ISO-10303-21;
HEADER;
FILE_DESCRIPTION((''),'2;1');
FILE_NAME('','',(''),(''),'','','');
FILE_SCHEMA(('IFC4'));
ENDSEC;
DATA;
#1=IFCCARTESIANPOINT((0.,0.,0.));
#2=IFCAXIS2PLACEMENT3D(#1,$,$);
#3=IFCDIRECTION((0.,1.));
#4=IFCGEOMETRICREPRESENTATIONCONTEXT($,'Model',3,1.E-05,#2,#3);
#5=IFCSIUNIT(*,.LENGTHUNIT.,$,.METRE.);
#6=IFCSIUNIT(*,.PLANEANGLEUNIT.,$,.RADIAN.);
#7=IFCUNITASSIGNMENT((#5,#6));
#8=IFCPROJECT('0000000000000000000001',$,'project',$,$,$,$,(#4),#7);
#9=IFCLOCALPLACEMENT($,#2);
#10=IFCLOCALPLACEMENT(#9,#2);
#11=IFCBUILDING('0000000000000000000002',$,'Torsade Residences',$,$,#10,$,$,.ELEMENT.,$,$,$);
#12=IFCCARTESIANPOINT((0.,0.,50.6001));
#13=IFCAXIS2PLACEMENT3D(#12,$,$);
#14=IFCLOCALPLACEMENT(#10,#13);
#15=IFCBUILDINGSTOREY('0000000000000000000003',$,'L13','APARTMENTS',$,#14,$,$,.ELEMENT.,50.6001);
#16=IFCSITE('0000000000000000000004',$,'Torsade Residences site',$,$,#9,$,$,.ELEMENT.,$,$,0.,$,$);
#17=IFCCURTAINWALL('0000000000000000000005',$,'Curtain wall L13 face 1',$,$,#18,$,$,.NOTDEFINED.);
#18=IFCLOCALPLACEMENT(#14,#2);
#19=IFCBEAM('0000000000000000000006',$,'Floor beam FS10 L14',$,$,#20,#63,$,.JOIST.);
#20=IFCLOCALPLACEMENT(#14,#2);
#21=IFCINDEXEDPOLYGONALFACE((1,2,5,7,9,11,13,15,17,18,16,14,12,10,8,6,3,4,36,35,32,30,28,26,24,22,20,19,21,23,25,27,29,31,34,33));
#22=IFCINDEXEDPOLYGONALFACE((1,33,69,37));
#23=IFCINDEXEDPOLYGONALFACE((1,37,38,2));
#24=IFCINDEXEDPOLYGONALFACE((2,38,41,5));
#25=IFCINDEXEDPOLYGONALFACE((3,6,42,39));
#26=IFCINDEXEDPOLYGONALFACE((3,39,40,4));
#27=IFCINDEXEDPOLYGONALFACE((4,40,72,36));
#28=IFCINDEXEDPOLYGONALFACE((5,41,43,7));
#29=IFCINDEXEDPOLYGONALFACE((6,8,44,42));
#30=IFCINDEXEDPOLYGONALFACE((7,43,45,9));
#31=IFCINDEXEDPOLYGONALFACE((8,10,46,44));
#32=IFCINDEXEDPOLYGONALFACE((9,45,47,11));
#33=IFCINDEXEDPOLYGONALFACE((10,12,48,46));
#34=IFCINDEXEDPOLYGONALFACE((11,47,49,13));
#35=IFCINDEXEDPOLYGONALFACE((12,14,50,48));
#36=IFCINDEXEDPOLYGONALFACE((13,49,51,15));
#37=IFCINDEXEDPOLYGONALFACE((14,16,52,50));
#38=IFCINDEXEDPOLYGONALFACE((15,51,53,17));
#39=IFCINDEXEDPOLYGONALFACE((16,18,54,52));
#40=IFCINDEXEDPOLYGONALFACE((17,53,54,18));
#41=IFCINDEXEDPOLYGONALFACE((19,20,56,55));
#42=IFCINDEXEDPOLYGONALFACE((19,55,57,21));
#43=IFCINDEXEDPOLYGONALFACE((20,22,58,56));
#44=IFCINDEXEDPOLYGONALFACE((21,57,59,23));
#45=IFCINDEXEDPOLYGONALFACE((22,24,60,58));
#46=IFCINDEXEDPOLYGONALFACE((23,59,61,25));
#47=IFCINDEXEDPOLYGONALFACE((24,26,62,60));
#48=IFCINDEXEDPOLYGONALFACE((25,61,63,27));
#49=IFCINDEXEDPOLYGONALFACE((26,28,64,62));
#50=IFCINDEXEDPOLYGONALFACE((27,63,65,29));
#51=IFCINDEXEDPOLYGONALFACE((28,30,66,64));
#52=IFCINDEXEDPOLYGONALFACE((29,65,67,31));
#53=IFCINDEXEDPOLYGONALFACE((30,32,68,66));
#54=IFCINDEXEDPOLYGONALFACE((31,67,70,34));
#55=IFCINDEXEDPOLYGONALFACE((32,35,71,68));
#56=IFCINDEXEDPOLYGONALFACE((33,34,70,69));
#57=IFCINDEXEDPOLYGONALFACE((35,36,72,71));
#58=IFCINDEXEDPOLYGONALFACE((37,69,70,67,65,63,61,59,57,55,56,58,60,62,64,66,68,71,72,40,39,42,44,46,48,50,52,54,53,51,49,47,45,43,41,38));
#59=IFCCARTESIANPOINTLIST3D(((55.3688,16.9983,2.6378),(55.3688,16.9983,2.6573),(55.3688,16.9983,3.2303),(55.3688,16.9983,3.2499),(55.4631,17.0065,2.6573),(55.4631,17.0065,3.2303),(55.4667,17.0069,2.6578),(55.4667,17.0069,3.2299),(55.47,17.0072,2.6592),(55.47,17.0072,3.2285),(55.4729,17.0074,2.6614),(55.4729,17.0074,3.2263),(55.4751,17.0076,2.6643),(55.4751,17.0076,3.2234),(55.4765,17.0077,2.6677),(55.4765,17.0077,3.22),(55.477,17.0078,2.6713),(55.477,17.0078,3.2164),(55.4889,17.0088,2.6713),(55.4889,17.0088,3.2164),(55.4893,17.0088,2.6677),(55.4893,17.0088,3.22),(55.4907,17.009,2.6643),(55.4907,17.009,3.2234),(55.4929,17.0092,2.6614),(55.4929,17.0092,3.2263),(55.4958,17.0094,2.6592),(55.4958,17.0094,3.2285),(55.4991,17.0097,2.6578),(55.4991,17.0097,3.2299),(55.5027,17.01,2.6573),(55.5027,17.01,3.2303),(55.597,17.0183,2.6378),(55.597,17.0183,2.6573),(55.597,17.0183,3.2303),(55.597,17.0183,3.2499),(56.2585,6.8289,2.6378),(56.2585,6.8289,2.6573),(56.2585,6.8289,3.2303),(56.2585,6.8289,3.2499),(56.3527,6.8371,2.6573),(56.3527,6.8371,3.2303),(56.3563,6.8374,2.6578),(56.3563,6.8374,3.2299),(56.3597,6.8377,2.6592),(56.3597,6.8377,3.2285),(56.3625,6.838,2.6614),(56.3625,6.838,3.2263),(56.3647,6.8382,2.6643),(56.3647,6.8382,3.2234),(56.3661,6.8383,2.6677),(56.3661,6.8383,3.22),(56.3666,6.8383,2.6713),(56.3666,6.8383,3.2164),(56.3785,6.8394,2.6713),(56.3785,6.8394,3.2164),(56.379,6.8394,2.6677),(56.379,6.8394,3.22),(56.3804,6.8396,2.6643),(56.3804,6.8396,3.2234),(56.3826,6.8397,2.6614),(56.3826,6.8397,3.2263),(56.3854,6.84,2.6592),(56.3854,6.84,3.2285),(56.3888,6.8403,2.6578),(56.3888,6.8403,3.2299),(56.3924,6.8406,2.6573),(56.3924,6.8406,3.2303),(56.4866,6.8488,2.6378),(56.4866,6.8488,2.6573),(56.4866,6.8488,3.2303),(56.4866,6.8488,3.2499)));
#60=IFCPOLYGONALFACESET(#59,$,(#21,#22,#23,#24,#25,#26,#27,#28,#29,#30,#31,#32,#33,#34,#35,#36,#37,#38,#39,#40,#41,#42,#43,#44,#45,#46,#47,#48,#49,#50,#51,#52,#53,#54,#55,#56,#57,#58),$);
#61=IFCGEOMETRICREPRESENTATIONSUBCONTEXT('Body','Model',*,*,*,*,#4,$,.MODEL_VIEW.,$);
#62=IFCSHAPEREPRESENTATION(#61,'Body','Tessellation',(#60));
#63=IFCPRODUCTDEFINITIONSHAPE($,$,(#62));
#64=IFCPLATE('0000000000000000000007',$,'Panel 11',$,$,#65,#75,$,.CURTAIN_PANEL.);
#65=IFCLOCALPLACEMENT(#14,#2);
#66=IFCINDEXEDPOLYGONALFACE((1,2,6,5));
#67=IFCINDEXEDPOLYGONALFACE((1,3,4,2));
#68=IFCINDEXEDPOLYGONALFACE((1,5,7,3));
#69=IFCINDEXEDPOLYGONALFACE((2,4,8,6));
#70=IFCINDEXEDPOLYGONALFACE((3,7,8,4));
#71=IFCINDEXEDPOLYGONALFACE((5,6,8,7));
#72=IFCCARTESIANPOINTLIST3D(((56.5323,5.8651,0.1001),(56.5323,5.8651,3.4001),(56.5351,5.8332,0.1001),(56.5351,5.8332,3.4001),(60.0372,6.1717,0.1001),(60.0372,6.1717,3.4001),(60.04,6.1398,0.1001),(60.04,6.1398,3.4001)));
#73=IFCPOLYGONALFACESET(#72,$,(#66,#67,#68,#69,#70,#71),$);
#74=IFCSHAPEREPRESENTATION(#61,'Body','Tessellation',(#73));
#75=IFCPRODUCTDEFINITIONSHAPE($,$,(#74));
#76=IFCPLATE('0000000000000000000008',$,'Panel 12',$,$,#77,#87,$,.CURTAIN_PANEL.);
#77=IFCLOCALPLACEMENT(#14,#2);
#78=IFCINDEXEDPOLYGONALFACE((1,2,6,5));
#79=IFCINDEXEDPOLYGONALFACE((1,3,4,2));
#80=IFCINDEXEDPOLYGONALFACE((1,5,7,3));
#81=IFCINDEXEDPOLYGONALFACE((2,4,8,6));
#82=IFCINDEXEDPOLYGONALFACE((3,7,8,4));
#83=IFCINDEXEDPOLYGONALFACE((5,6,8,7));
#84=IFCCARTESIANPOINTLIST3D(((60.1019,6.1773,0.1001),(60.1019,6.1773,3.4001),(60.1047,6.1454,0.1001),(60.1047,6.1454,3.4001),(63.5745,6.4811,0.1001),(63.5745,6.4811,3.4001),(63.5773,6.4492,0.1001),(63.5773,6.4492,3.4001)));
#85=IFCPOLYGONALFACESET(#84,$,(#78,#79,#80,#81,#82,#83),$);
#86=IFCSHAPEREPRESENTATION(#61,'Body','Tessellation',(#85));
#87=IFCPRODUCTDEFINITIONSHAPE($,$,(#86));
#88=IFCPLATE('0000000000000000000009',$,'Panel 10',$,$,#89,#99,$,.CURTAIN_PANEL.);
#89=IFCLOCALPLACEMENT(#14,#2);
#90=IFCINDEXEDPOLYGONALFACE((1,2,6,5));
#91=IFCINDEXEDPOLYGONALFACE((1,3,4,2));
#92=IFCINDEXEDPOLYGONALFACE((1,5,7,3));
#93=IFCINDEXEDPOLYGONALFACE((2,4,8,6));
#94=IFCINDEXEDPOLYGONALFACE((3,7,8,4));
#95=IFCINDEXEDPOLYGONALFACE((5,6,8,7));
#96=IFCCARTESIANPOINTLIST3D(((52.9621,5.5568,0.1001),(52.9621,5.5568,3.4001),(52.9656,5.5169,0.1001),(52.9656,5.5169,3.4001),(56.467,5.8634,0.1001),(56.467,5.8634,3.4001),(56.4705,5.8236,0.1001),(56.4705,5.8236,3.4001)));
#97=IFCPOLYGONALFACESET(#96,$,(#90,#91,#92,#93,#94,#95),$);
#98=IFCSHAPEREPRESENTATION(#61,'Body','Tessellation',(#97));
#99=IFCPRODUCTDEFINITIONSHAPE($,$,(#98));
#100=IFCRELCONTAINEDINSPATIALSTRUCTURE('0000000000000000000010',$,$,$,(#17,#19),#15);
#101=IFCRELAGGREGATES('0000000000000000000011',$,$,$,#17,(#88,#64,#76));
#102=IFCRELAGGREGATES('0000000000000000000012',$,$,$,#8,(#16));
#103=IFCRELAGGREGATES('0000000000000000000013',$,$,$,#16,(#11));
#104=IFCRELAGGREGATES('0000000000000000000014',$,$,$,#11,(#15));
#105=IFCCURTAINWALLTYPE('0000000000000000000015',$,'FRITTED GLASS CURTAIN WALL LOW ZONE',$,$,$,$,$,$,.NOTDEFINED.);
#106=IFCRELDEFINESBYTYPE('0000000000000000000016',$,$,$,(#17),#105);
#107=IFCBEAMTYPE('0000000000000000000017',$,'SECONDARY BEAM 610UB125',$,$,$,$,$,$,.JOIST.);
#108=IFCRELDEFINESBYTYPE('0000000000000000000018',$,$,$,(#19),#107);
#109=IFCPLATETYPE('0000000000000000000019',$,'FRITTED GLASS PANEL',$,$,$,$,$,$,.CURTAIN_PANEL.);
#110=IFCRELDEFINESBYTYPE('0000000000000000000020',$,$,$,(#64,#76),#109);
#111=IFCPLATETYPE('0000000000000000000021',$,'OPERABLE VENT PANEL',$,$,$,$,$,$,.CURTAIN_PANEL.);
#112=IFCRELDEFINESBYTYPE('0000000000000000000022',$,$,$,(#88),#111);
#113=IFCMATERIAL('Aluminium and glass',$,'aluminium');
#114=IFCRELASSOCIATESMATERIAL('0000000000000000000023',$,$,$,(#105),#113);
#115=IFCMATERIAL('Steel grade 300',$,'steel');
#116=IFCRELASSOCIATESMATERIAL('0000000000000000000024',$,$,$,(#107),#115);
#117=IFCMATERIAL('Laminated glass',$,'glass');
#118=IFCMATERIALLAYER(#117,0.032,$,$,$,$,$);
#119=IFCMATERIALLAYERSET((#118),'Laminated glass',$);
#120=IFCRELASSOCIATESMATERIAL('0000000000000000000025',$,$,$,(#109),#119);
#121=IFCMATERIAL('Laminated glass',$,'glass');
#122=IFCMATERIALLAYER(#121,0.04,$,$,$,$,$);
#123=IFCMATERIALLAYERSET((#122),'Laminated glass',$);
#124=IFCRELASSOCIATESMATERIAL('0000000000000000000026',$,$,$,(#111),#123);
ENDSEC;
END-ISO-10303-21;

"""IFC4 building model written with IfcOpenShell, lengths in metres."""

from ifc_helpers import new_model, si_unit, direction, frame, origin, origin_2d, place, context, subcontext, project, spatial, rectangle, i_section, extrude, material, layer, layer_set, material_profile, profile_set, type_object, element, aggregate, save


model = new_model("IFC4")

# Units and contexts
model_context = context("Model", 3, precision=1e-05, world=origin(), true_north=direction((0.0, 1.0)))
body_context = subcontext(model_context, "Body", "Model", "MODEL_VIEW")
ifc_project = project(units=[si_unit("LENGTHUNIT", "METRE"), si_unit("PLANEANGLEUNIT", "RADIAN")], contexts=[model_context])

# Site, building, storey
site_placement = place(None, origin())
site = spatial("IfcSite", under=ifc_project, at=site_placement, Name="Torsade Residences site", CompositionType="ELEMENT", RefElevation=0.0)
building_placement = place(site_placement, origin())
building = spatial("IfcBuilding", under=site, at=building_placement, Name="Torsade Residences", CompositionType="ELEMENT")
storey_placement = place(building_placement, frame((0.0, 0.0, 50.6001)))
storey = spatial("IfcBuildingStorey", under=building, at=storey_placement, Name="L13", Description="APARTMENTS", CompositionType="ELEMENT", Elevation=50.6001)

# Curtain wall
ifc_material_1 = material(Name="Aluminium and glass", Category="aluminium")
curtain_wall_type = type_object("IfcCurtainWallType", Name="FRITTED GLASS CURTAIN WALL LOW ZONE", PredefinedType="NOTDEFINED", material=ifc_material_1)
curtain_wall_placement = place(storey_placement, origin())
curtain_wall = element("IfcCurtainWall", 1, at=curtain_wall_placement, inside=storey, type_object=curtain_wall_type, Name="Curtain wall L13 face 1", PredefinedType="NOTDEFINED")

# Beam
ifc_material_2 = material(Name="Steel grade 300", Category="steel")
ifc_material_profile_1 = material_profile(ifc_material_2, i_section(OverallWidth=0.229, OverallDepth=0.6121, WebThickness=0.012, FlangeThickness=0.0195, FilletRadius=0.0139, at=origin_2d()), Name="610UB125")
ifc_profile_set_1 = profile_set([ifc_material_profile_1], Name="Steel grade 300")
beam_type_1 = type_object("IfcBeamType", Name="SECONDARY BEAM 610UB125", PredefinedType="JOIST", material=ifc_profile_set_1)
beam_1_placement = place(storey_placement, frame((56.3726, 6.8389, 2.9438), z_axis=(-0.08715, 0.996195, 0.0), x_axis=(-0.996195, -0.08715, 0.0)))
element("IfcBeam", 2, at=beam_1_placement, inside=storey, type_object=beam_type_1, Name="Floor beam FS10 L14", PredefinedType="JOIST", context=body_context, shape_type="SweptSolid", body=[
    extrude(i_section(OverallWidth=0.229, OverallDepth=0.6121, WebThickness=0.012, FlangeThickness=0.0195, FilletRadius=0.0139, at=origin_2d()), origin(), (0.0, 0.0, 1.0), 10.2083),
])

# Plates
ifc_material_3 = material(Name="Laminated glass", Category="glass")
ifc_layer_1 = layer(ifc_material_3, 0.032)
ifc_layer_set_1 = layer_set([ifc_layer_1], Name="Laminated glass")
plate_type_1 = type_object("IfcPlateType", Name="FRITTED GLASS PANEL", PredefinedType="CURTAIN_PANEL", material=ifc_layer_set_1)
plate_1_placement = place(storey_placement, frame((58.2861, 6.0024, 0.1001), z_axis=(0.0, 0.0, 1.0), x_axis=(0.996195, 0.087156, 0.0)))
plate_1 = element("IfcPlate", 3, at=plate_1_placement, type_object=plate_type_1, Name="Panel 11", PredefinedType="CURTAIN_PANEL", context=body_context, shape_type="SweptSolid", body=[
    extrude(rectangle(XDim=3.5183, YDim=0.032, at=origin_2d()), origin(), (0.0, 0.0, 1.0), 3.3),
])
plate_2_placement = place(storey_placement, frame((61.8396, 6.3132, 0.1001), z_axis=(0.0, 0.0, 1.0), x_axis=(0.996195, 0.087156, 0.0)))
plate_2 = element("IfcPlate", 4, at=plate_2_placement, type_object=plate_type_1, Name="Panel 12", PredefinedType="CURTAIN_PANEL", context=body_context, shape_type="SweptSolid", body=[
    extrude(rectangle(XDim=3.4858, YDim=0.032, at=origin_2d()), origin(), (0.0, 0.0, 1.0), 3.3),
])
ifc_material_4 = material(Name="Laminated glass", Category="glass")
ifc_layer_2 = layer(ifc_material_4, 0.04)
ifc_layer_set_2 = layer_set([ifc_layer_2], Name="Laminated glass")
plate_type_2 = type_object("IfcPlateType", Name="OPERABLE VENT PANEL", PredefinedType="CURTAIN_PANEL", material=ifc_layer_set_2)
plate_3_placement = place(storey_placement, frame((54.7163, 5.6902, 0.1001), z_axis=(0.0, 0.0, 1.0), x_axis=(0.996195, 0.087156, 0.0)))
plate_3 = element("IfcPlate", 5, at=plate_3_placement, type_object=plate_type_2, Name="Panel 10", PredefinedType="CURTAIN_PANEL", context=body_context, shape_type="SweptSolid", body=[
    extrude(rectangle(XDim=3.5183, YDim=0.04, at=origin_2d()), origin(), (0.0, 0.0, 1.0), 3.3),
])
aggregate(curtain_wall, [plate_3, plate_1, plate_2])

save(model, "model.ifc")
